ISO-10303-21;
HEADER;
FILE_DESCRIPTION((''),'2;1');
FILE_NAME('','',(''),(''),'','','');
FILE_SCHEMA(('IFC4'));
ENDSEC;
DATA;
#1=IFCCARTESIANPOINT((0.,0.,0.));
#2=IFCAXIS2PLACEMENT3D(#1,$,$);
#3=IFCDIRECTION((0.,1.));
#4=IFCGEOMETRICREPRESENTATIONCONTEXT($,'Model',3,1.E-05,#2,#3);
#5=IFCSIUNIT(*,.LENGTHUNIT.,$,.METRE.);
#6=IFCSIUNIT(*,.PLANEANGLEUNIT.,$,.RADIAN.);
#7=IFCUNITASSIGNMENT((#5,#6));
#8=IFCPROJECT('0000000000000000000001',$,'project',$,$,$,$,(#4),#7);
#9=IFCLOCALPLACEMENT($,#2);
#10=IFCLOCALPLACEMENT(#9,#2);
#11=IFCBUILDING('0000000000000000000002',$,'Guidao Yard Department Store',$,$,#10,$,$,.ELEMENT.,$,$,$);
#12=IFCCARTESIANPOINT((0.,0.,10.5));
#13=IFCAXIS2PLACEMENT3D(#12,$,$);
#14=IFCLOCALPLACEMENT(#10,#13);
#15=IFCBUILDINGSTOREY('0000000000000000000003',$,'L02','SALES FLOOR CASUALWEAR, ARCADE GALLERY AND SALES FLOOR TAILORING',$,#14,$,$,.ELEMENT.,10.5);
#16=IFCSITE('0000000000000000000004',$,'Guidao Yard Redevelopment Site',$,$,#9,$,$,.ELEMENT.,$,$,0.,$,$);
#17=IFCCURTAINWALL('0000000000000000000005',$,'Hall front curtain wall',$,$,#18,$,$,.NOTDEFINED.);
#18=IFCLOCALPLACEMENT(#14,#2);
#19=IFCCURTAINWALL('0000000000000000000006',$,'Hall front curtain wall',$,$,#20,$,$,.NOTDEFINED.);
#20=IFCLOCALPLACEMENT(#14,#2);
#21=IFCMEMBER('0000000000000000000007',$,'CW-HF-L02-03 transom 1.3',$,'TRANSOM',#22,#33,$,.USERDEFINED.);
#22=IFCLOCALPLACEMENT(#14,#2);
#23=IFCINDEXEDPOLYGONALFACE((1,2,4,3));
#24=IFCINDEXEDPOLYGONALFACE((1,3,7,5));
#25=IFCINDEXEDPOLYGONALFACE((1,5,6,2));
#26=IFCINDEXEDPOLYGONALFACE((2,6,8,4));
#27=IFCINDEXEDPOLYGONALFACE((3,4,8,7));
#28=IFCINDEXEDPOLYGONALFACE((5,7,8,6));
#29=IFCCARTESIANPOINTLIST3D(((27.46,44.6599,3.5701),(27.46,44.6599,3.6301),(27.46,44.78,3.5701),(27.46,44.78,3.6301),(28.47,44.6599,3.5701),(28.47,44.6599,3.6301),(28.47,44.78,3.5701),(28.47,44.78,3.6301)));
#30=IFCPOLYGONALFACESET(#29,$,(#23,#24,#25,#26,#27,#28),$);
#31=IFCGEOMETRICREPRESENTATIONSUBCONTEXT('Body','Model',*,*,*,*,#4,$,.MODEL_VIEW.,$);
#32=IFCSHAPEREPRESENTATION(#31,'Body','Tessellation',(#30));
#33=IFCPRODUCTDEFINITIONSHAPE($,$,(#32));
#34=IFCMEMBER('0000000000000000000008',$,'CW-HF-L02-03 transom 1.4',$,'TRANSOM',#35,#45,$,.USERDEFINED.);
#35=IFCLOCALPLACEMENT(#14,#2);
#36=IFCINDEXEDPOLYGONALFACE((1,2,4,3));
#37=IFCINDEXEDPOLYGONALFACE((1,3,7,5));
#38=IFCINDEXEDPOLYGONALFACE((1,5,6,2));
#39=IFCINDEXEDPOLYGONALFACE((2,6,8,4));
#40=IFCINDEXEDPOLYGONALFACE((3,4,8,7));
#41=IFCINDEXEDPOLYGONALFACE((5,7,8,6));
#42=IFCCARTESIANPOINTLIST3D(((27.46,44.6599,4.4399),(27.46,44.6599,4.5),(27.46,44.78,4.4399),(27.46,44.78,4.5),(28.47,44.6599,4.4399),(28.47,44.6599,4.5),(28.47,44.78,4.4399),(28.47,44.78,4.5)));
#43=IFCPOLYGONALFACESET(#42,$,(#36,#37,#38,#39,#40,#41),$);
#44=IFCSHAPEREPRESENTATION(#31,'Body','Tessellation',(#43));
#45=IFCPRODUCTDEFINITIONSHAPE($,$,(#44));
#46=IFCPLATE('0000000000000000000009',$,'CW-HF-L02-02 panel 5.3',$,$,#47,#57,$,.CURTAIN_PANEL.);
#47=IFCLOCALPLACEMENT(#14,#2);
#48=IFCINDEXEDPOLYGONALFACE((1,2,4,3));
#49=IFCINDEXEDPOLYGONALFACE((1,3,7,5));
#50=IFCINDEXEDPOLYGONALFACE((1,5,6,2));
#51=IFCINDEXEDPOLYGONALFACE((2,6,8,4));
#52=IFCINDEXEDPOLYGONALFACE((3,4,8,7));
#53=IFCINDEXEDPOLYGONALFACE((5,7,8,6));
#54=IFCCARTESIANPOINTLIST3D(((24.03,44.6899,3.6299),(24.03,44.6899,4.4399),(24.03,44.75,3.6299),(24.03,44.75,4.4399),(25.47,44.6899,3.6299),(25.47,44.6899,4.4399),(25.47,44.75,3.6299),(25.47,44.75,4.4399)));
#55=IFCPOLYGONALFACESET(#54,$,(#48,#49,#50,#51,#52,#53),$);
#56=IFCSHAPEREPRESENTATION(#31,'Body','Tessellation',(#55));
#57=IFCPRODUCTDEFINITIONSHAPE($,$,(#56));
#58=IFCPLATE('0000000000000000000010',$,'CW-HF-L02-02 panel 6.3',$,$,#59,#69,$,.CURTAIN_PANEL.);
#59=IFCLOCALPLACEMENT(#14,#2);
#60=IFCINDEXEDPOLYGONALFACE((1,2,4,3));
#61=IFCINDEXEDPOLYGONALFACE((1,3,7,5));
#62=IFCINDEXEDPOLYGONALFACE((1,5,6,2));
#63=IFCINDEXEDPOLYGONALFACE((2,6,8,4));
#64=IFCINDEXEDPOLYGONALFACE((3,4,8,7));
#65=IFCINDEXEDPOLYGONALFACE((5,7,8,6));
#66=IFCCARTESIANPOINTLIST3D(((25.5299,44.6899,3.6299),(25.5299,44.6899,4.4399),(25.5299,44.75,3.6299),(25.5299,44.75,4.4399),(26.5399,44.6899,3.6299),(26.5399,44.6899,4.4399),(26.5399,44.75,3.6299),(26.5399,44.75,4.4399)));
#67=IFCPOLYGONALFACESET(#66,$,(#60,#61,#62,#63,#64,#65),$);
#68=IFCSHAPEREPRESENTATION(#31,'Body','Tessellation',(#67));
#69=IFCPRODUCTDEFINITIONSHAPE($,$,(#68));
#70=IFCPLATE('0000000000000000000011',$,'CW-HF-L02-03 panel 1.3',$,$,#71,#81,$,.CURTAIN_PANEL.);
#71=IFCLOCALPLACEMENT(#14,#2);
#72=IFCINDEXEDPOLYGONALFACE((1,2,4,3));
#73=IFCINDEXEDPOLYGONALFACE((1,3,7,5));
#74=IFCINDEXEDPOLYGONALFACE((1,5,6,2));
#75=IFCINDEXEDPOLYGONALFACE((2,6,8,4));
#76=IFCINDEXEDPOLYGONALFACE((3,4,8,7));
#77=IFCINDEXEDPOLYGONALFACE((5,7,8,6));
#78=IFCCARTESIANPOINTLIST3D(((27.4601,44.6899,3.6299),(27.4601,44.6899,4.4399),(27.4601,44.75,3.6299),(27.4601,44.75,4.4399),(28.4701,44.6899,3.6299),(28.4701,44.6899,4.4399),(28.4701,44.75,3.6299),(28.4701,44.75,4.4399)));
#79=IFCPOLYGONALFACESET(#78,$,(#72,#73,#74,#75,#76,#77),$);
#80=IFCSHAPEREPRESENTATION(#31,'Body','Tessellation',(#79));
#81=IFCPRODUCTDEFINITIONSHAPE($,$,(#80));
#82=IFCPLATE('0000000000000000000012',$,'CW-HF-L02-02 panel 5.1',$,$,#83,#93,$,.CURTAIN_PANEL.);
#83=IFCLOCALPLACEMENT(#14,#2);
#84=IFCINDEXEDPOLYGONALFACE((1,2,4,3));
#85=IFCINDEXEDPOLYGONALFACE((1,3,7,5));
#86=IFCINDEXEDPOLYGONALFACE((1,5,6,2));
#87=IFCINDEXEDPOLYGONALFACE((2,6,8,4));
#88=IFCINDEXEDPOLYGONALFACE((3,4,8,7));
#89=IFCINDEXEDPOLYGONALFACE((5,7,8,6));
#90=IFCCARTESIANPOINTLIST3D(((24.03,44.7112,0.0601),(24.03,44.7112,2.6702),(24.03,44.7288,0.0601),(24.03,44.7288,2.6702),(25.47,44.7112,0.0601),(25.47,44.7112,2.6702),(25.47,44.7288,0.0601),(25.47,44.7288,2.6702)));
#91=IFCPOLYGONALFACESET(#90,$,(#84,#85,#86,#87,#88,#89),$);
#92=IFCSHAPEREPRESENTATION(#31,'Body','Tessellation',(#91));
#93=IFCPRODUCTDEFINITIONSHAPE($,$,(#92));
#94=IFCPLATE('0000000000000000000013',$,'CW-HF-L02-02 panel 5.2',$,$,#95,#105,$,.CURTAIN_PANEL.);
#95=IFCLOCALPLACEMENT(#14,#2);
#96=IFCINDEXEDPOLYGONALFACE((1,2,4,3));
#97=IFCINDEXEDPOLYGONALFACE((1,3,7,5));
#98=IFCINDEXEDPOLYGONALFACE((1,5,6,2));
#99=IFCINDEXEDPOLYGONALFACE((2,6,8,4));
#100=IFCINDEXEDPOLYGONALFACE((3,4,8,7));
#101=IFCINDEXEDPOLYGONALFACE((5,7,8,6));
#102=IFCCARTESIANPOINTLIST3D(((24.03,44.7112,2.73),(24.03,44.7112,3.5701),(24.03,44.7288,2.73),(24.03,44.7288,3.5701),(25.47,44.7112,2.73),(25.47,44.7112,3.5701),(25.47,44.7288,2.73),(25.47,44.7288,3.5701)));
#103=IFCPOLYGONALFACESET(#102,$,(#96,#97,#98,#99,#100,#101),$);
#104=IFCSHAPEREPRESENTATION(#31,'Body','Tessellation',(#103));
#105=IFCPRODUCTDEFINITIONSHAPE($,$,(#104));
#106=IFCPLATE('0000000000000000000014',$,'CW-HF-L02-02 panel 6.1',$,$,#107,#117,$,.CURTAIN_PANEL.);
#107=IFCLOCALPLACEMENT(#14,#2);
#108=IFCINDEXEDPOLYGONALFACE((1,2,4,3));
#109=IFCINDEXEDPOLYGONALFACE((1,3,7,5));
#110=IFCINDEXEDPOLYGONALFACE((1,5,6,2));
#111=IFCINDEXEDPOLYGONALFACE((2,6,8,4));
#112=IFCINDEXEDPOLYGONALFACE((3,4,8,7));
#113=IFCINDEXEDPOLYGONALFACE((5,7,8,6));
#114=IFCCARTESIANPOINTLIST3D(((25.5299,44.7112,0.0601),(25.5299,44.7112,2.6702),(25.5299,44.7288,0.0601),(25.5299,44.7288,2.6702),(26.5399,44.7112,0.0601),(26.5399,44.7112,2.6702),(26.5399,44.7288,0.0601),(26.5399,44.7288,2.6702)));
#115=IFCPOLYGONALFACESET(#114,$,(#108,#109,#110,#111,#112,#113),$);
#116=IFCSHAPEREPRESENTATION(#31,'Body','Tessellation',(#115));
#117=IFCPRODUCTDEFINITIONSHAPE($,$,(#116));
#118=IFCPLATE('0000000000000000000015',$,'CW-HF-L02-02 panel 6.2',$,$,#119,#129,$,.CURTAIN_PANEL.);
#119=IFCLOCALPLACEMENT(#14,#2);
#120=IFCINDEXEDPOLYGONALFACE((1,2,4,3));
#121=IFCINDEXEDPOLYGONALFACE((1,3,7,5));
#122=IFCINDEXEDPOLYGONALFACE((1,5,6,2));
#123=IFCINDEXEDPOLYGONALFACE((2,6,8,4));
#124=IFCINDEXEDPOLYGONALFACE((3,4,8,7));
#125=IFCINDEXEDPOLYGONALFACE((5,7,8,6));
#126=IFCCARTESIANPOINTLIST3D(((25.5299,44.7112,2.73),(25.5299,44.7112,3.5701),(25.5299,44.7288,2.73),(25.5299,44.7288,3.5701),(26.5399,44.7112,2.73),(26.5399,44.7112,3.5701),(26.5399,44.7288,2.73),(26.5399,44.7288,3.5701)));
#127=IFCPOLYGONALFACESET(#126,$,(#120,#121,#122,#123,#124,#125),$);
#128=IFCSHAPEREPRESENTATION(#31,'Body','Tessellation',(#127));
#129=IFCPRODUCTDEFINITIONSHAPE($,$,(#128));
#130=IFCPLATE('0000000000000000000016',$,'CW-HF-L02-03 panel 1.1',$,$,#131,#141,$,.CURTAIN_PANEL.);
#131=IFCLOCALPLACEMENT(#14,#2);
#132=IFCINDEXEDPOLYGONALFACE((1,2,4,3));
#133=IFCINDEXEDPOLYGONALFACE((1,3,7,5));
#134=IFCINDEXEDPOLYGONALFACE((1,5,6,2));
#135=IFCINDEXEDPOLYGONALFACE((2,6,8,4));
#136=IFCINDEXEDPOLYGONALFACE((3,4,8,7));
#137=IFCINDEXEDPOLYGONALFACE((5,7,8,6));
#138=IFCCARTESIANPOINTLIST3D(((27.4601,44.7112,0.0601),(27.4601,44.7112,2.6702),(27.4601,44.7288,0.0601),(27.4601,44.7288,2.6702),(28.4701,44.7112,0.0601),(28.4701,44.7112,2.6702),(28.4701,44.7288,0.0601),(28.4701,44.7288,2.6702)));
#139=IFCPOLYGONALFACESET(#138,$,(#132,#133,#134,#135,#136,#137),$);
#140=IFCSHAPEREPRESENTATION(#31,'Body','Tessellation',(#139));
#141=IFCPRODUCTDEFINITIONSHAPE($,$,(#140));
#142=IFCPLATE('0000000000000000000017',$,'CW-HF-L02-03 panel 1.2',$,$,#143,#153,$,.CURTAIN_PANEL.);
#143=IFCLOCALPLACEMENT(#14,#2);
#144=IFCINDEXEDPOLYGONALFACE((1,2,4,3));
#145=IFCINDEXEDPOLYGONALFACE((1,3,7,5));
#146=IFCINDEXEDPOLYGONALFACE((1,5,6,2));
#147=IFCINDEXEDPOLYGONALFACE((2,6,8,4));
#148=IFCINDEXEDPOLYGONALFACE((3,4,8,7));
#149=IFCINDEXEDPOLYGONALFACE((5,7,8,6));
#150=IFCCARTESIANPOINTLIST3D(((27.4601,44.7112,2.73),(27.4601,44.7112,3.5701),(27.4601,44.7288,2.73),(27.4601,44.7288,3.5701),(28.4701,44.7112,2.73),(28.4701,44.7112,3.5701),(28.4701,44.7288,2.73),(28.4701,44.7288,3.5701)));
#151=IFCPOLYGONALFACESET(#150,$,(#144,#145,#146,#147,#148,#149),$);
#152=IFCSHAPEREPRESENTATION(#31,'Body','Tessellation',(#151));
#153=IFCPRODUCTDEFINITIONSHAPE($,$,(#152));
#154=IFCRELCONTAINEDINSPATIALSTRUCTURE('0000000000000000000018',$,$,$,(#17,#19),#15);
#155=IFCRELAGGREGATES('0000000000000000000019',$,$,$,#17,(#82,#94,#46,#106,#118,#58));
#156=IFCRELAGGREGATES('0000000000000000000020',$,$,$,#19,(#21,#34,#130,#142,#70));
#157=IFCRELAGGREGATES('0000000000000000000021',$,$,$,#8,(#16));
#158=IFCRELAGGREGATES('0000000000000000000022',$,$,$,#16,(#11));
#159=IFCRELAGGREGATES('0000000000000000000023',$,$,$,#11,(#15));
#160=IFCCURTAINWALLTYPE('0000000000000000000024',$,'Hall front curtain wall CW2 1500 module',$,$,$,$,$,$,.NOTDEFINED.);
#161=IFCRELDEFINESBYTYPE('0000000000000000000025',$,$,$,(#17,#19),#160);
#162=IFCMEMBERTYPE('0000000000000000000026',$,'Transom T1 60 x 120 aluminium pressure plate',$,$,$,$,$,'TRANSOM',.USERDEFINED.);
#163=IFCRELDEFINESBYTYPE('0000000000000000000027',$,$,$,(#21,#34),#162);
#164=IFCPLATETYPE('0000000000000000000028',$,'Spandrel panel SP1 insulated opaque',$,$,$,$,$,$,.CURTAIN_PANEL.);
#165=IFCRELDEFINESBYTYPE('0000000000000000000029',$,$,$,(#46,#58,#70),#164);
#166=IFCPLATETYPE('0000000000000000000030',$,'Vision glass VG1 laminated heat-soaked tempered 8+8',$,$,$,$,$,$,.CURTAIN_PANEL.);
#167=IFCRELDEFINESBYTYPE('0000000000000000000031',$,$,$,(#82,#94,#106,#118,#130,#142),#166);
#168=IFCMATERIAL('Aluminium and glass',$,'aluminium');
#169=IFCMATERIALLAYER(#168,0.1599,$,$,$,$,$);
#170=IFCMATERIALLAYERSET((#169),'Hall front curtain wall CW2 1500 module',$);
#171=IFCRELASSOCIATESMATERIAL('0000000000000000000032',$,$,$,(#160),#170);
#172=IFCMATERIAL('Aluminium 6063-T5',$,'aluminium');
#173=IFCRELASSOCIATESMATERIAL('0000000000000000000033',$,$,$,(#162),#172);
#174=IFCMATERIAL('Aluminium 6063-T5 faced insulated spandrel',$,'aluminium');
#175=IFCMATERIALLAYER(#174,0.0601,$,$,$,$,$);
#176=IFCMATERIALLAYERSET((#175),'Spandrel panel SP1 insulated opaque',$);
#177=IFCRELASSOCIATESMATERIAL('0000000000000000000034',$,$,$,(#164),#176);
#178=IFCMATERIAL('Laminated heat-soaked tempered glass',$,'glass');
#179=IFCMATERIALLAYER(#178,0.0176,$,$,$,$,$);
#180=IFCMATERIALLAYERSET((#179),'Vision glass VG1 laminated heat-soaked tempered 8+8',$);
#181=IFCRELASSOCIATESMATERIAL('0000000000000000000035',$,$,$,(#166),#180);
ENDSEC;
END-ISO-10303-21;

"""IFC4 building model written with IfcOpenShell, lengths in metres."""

from ifc_helpers import new_model, si_unit, direction, frame, origin, origin_2d, place, context, subcontext, project, spatial, rectangle, extrude, material, layer, layer_set, material_profile, profile_set, type_object, element, aggregate, save


model = new_model("IFC4")

# Units and contexts
model_context = context("Model", 3, precision=1e-05, world=origin(), true_north=direction((0.0, 1.0)))
body_context = subcontext(model_context, "Body", "Model", "MODEL_VIEW")
ifc_project = project(units=[si_unit("LENGTHUNIT", "METRE"), si_unit("PLANEANGLEUNIT", "RADIAN")], contexts=[model_context])

# Site, building, storey
site_placement = place(None, origin())
site = spatial("IfcSite", under=ifc_project, at=site_placement, Name="Guidao Yard Redevelopment Site", CompositionType="ELEMENT", RefElevation=0.0)
building_placement = place(site_placement, origin())
building = spatial("IfcBuilding", under=site, at=building_placement, Name="Guidao Yard Department Store", CompositionType="ELEMENT")
storey_placement = place(building_placement, frame((0.0, 0.0, 10.5)))
storey = spatial("IfcBuildingStorey", under=building, at=storey_placement, Name="L02", Description="SALES FLOOR CASUALWEAR, ARCADE GALLERY AND SALES FLOOR TAILORING", CompositionType="ELEMENT", Elevation=10.5)

# Curtain wall
ifc_material_1 = material(Name="Aluminium and glass", Category="aluminium")
ifc_layer_1 = layer(ifc_material_1, 0.1599)
ifc_layer_set_1 = layer_set([ifc_layer_1], Name="Hall front curtain wall CW2 1500 module")
curtain_wall_type = type_object("IfcCurtainWallType", Name="Hall front curtain wall CW2 1500 module", PredefinedType="NOTDEFINED", material=ifc_layer_set_1)
curtain_wall_1_placement = place(storey_placement, origin())
curtain_wall_1 = element("IfcCurtainWall", 1, at=curtain_wall_1_placement, inside=storey, type_object=curtain_wall_type, Name="Hall front curtain wall", PredefinedType="NOTDEFINED")

# Curtain wall
curtain_wall_2_placement = place(storey_placement, origin())
curtain_wall_2 = element("IfcCurtainWall", 2, at=curtain_wall_2_placement, inside=storey, type_object=curtain_wall_type, Name="Hall front curtain wall", PredefinedType="NOTDEFINED")

# Members
ifc_material_2 = material(Name="Aluminium 6063-T5", Category="aluminium")
ifc_material_profile_1 = material_profile(ifc_material_2, rectangle(XDim=0.1201, YDim=0.0601, at=origin_2d()), Name="Transom T1 60 x 120 aluminium pressure plate")
ifc_profile_set_1 = profile_set([ifc_material_profile_1], Name="Aluminium 6063-T5")
member_type_1 = type_object("IfcMemberType", Name="Transom T1 60 x 120 aluminium pressure plate", ElementType="TRANSOM", PredefinedType="USERDEFINED", material=ifc_profile_set_1)
member_1_placement = place(storey_placement, frame((28.47, 44.72, 3.6001), z_axis=(-1.0, 0.0, 0.0), x_axis=(0.0, -1.0, 0.0)))
member_1 = element("IfcMember", 3, at=member_1_placement, type_object=member_type_1, Name="CW-HF-L02-03 transom 1.3", ObjectType="TRANSOM", PredefinedType="USERDEFINED", context=body_context, shape_type="SweptSolid", body=[
    extrude(rectangle(XDim=0.1201, YDim=0.0601, at=origin_2d()), origin(), (0.0, 0.0, 1.0), 1.01),
])
member_2_placement = place(storey_placement, frame((28.47, 44.72, 4.47), z_axis=(-1.0, 0.0, 0.0), x_axis=(0.0, -1.0, 0.0)))
member_2 = element("IfcMember", 4, at=member_2_placement, type_object=member_type_1, Name="CW-HF-L02-03 transom 1.4", ObjectType="TRANSOM", PredefinedType="USERDEFINED", context=body_context, shape_type="SweptSolid", body=[
    extrude(rectangle(XDim=0.1201, YDim=0.0601, at=origin_2d()), origin(), (0.0, 0.0, 1.0), 1.01),
])

# Plates
ifc_material_3 = material(Name="Aluminium 6063-T5 faced insulated spandrel", Category="aluminium")
ifc_layer_2 = layer(ifc_material_3, 0.0601)
ifc_layer_set_2 = layer_set([ifc_layer_2], Name="Spandrel panel SP1 insulated opaque")
plate_type_1 = type_object("IfcPlateType", Name="Spandrel panel SP1 insulated opaque", PredefinedType="CURTAIN_PANEL", material=ifc_layer_set_2)
plate_1_placement = place(storey_placement, frame((24.75, 44.72, 3.6299), z_axis=(0.0, 0.0, 1.0), x_axis=(-1.0, 0.0, 0.0)))
plate_1 = element("IfcPlate", 5, at=plate_1_placement, type_object=plate_type_1, Name="CW-HF-L02-02 panel 5.3", PredefinedType="CURTAIN_PANEL", context=body_context, shape_type="SweptSolid", body=[
    extrude(rectangle(XDim=1.4399, YDim=0.0601, at=origin_2d()), origin(), (0.0, 0.0, 1.0), 0.8101),
])
plate_2_placement = place(storey_placement, frame((26.0349, 44.72, 3.6299), z_axis=(0.0, 0.0, 1.0), x_axis=(-1.0, 0.0, 0.0)))
plate_2 = element("IfcPlate", 6, at=plate_2_placement, type_object=plate_type_1, Name="CW-HF-L02-02 panel 6.3", PredefinedType="CURTAIN_PANEL", context=body_context, shape_type="SweptSolid", body=[
    extrude(rectangle(XDim=1.01, YDim=0.0601, at=origin_2d()), origin(), (0.0, 0.0, 1.0), 0.8101),
])
plate_3_placement = place(storey_placement, frame((27.9651, 44.72, 3.6299), z_axis=(0.0, 0.0, 1.0), x_axis=(-1.0, 0.0, 0.0)))
plate_3 = element("IfcPlate", 7, at=plate_3_placement, type_object=plate_type_1, Name="CW-HF-L02-03 panel 1.3", PredefinedType="CURTAIN_PANEL", context=body_context, shape_type="SweptSolid", body=[
    extrude(rectangle(XDim=1.01, YDim=0.0601, at=origin_2d()), origin(), (0.0, 0.0, 1.0), 0.8101),
])
ifc_material_4 = material(Name="Laminated heat-soaked tempered glass", Category="glass")
ifc_layer_3 = layer(ifc_material_4, 0.0176)
ifc_layer_set_3 = layer_set([ifc_layer_3], Name="Vision glass VG1 laminated heat-soaked tempered 8+8")
plate_type_2 = type_object("IfcPlateType", Name="Vision glass VG1 laminated heat-soaked tempered 8+8", PredefinedType="CURTAIN_PANEL", material=ifc_layer_set_3)
plate_4_placement = place(storey_placement, frame((24.75, 44.72, 0.0601), z_axis=(0.0, 0.0, 1.0), x_axis=(-1.0, 0.0, 0.0)))
plate_4 = element("IfcPlate", 8, at=plate_4_placement, type_object=plate_type_2, Name="CW-HF-L02-02 panel 5.1", PredefinedType="CURTAIN_PANEL", context=body_context, shape_type="SweptSolid", body=[
    extrude(rectangle(XDim=1.4399, YDim=0.0176, at=origin_2d()), origin(), (0.0, 0.0, 1.0), 2.6101),
])
plate_5_placement = place(storey_placement, frame((24.75, 44.72, 2.73), z_axis=(0.0, 0.0, 1.0), x_axis=(-1.0, 0.0, 0.0)))
plate_5 = element("IfcPlate", 9, at=plate_5_placement, type_object=plate_type_2, Name="CW-HF-L02-02 panel 5.2", PredefinedType="CURTAIN_PANEL", context=body_context, shape_type="SweptSolid", body=[
    extrude(rectangle(XDim=1.4399, YDim=0.0176, at=origin_2d()), origin(), (0.0, 0.0, 1.0), 0.8401),
])
plate_6_placement = place(storey_placement, frame((26.0349, 44.72, 0.0601), z_axis=(0.0, 0.0, 1.0), x_axis=(-1.0, 0.0, 0.0)))
plate_6 = element("IfcPlate", 10, at=plate_6_placement, type_object=plate_type_2, Name="CW-HF-L02-02 panel 6.1", PredefinedType="CURTAIN_PANEL", context=body_context, shape_type="SweptSolid", body=[
    extrude(rectangle(XDim=1.01, YDim=0.0176, at=origin_2d()), origin(), (0.0, 0.0, 1.0), 2.6101),
])
plate_7_placement = place(storey_placement, frame((26.0349, 44.72, 2.73), z_axis=(0.0, 0.0, 1.0), x_axis=(-1.0, 0.0, 0.0)))
plate_7 = element("IfcPlate", 11, at=plate_7_placement, type_object=plate_type_2, Name="CW-HF-L02-02 panel 6.2", PredefinedType="CURTAIN_PANEL", context=body_context, shape_type="SweptSolid", body=[
    extrude(rectangle(XDim=1.01, YDim=0.0176, at=origin_2d()), origin(), (0.0, 0.0, 1.0), 0.8401),
])
aggregate(curtain_wall_1, [plate_4, plate_5, plate_1, plate_6, plate_7, plate_2])
plate_8_placement = place(storey_placement, frame((27.9651, 44.72, 0.0601), z_axis=(0.0, 0.0, 1.0), x_axis=(-1.0, 0.0, 0.0)))
plate_8 = element("IfcPlate", 12, at=plate_8_placement, type_object=plate_type_2, Name="CW-HF-L02-03 panel 1.1", PredefinedType="CURTAIN_PANEL", context=body_context, shape_type="SweptSolid", body=[
    extrude(rectangle(XDim=1.01, YDim=0.0176, at=origin_2d()), origin(), (0.0, 0.0, 1.0), 2.6101),
])
plate_9_placement = place(storey_placement, frame((27.9651, 44.72, 2.73), z_axis=(0.0, 0.0, 1.0), x_axis=(-1.0, 0.0, 0.0)))
plate_9 = element("IfcPlate", 13, at=plate_9_placement, type_object=plate_type_2, Name="CW-HF-L02-03 panel 1.2", PredefinedType="CURTAIN_PANEL", context=body_context, shape_type="SweptSolid", body=[
    extrude(rectangle(XDim=1.01, YDim=0.0176, at=origin_2d()), origin(), (0.0, 0.0, 1.0), 0.8401),
])
aggregate(curtain_wall_2, [member_1, member_2, plate_8, plate_9, plate_3])

save(model, "model.ifc")
